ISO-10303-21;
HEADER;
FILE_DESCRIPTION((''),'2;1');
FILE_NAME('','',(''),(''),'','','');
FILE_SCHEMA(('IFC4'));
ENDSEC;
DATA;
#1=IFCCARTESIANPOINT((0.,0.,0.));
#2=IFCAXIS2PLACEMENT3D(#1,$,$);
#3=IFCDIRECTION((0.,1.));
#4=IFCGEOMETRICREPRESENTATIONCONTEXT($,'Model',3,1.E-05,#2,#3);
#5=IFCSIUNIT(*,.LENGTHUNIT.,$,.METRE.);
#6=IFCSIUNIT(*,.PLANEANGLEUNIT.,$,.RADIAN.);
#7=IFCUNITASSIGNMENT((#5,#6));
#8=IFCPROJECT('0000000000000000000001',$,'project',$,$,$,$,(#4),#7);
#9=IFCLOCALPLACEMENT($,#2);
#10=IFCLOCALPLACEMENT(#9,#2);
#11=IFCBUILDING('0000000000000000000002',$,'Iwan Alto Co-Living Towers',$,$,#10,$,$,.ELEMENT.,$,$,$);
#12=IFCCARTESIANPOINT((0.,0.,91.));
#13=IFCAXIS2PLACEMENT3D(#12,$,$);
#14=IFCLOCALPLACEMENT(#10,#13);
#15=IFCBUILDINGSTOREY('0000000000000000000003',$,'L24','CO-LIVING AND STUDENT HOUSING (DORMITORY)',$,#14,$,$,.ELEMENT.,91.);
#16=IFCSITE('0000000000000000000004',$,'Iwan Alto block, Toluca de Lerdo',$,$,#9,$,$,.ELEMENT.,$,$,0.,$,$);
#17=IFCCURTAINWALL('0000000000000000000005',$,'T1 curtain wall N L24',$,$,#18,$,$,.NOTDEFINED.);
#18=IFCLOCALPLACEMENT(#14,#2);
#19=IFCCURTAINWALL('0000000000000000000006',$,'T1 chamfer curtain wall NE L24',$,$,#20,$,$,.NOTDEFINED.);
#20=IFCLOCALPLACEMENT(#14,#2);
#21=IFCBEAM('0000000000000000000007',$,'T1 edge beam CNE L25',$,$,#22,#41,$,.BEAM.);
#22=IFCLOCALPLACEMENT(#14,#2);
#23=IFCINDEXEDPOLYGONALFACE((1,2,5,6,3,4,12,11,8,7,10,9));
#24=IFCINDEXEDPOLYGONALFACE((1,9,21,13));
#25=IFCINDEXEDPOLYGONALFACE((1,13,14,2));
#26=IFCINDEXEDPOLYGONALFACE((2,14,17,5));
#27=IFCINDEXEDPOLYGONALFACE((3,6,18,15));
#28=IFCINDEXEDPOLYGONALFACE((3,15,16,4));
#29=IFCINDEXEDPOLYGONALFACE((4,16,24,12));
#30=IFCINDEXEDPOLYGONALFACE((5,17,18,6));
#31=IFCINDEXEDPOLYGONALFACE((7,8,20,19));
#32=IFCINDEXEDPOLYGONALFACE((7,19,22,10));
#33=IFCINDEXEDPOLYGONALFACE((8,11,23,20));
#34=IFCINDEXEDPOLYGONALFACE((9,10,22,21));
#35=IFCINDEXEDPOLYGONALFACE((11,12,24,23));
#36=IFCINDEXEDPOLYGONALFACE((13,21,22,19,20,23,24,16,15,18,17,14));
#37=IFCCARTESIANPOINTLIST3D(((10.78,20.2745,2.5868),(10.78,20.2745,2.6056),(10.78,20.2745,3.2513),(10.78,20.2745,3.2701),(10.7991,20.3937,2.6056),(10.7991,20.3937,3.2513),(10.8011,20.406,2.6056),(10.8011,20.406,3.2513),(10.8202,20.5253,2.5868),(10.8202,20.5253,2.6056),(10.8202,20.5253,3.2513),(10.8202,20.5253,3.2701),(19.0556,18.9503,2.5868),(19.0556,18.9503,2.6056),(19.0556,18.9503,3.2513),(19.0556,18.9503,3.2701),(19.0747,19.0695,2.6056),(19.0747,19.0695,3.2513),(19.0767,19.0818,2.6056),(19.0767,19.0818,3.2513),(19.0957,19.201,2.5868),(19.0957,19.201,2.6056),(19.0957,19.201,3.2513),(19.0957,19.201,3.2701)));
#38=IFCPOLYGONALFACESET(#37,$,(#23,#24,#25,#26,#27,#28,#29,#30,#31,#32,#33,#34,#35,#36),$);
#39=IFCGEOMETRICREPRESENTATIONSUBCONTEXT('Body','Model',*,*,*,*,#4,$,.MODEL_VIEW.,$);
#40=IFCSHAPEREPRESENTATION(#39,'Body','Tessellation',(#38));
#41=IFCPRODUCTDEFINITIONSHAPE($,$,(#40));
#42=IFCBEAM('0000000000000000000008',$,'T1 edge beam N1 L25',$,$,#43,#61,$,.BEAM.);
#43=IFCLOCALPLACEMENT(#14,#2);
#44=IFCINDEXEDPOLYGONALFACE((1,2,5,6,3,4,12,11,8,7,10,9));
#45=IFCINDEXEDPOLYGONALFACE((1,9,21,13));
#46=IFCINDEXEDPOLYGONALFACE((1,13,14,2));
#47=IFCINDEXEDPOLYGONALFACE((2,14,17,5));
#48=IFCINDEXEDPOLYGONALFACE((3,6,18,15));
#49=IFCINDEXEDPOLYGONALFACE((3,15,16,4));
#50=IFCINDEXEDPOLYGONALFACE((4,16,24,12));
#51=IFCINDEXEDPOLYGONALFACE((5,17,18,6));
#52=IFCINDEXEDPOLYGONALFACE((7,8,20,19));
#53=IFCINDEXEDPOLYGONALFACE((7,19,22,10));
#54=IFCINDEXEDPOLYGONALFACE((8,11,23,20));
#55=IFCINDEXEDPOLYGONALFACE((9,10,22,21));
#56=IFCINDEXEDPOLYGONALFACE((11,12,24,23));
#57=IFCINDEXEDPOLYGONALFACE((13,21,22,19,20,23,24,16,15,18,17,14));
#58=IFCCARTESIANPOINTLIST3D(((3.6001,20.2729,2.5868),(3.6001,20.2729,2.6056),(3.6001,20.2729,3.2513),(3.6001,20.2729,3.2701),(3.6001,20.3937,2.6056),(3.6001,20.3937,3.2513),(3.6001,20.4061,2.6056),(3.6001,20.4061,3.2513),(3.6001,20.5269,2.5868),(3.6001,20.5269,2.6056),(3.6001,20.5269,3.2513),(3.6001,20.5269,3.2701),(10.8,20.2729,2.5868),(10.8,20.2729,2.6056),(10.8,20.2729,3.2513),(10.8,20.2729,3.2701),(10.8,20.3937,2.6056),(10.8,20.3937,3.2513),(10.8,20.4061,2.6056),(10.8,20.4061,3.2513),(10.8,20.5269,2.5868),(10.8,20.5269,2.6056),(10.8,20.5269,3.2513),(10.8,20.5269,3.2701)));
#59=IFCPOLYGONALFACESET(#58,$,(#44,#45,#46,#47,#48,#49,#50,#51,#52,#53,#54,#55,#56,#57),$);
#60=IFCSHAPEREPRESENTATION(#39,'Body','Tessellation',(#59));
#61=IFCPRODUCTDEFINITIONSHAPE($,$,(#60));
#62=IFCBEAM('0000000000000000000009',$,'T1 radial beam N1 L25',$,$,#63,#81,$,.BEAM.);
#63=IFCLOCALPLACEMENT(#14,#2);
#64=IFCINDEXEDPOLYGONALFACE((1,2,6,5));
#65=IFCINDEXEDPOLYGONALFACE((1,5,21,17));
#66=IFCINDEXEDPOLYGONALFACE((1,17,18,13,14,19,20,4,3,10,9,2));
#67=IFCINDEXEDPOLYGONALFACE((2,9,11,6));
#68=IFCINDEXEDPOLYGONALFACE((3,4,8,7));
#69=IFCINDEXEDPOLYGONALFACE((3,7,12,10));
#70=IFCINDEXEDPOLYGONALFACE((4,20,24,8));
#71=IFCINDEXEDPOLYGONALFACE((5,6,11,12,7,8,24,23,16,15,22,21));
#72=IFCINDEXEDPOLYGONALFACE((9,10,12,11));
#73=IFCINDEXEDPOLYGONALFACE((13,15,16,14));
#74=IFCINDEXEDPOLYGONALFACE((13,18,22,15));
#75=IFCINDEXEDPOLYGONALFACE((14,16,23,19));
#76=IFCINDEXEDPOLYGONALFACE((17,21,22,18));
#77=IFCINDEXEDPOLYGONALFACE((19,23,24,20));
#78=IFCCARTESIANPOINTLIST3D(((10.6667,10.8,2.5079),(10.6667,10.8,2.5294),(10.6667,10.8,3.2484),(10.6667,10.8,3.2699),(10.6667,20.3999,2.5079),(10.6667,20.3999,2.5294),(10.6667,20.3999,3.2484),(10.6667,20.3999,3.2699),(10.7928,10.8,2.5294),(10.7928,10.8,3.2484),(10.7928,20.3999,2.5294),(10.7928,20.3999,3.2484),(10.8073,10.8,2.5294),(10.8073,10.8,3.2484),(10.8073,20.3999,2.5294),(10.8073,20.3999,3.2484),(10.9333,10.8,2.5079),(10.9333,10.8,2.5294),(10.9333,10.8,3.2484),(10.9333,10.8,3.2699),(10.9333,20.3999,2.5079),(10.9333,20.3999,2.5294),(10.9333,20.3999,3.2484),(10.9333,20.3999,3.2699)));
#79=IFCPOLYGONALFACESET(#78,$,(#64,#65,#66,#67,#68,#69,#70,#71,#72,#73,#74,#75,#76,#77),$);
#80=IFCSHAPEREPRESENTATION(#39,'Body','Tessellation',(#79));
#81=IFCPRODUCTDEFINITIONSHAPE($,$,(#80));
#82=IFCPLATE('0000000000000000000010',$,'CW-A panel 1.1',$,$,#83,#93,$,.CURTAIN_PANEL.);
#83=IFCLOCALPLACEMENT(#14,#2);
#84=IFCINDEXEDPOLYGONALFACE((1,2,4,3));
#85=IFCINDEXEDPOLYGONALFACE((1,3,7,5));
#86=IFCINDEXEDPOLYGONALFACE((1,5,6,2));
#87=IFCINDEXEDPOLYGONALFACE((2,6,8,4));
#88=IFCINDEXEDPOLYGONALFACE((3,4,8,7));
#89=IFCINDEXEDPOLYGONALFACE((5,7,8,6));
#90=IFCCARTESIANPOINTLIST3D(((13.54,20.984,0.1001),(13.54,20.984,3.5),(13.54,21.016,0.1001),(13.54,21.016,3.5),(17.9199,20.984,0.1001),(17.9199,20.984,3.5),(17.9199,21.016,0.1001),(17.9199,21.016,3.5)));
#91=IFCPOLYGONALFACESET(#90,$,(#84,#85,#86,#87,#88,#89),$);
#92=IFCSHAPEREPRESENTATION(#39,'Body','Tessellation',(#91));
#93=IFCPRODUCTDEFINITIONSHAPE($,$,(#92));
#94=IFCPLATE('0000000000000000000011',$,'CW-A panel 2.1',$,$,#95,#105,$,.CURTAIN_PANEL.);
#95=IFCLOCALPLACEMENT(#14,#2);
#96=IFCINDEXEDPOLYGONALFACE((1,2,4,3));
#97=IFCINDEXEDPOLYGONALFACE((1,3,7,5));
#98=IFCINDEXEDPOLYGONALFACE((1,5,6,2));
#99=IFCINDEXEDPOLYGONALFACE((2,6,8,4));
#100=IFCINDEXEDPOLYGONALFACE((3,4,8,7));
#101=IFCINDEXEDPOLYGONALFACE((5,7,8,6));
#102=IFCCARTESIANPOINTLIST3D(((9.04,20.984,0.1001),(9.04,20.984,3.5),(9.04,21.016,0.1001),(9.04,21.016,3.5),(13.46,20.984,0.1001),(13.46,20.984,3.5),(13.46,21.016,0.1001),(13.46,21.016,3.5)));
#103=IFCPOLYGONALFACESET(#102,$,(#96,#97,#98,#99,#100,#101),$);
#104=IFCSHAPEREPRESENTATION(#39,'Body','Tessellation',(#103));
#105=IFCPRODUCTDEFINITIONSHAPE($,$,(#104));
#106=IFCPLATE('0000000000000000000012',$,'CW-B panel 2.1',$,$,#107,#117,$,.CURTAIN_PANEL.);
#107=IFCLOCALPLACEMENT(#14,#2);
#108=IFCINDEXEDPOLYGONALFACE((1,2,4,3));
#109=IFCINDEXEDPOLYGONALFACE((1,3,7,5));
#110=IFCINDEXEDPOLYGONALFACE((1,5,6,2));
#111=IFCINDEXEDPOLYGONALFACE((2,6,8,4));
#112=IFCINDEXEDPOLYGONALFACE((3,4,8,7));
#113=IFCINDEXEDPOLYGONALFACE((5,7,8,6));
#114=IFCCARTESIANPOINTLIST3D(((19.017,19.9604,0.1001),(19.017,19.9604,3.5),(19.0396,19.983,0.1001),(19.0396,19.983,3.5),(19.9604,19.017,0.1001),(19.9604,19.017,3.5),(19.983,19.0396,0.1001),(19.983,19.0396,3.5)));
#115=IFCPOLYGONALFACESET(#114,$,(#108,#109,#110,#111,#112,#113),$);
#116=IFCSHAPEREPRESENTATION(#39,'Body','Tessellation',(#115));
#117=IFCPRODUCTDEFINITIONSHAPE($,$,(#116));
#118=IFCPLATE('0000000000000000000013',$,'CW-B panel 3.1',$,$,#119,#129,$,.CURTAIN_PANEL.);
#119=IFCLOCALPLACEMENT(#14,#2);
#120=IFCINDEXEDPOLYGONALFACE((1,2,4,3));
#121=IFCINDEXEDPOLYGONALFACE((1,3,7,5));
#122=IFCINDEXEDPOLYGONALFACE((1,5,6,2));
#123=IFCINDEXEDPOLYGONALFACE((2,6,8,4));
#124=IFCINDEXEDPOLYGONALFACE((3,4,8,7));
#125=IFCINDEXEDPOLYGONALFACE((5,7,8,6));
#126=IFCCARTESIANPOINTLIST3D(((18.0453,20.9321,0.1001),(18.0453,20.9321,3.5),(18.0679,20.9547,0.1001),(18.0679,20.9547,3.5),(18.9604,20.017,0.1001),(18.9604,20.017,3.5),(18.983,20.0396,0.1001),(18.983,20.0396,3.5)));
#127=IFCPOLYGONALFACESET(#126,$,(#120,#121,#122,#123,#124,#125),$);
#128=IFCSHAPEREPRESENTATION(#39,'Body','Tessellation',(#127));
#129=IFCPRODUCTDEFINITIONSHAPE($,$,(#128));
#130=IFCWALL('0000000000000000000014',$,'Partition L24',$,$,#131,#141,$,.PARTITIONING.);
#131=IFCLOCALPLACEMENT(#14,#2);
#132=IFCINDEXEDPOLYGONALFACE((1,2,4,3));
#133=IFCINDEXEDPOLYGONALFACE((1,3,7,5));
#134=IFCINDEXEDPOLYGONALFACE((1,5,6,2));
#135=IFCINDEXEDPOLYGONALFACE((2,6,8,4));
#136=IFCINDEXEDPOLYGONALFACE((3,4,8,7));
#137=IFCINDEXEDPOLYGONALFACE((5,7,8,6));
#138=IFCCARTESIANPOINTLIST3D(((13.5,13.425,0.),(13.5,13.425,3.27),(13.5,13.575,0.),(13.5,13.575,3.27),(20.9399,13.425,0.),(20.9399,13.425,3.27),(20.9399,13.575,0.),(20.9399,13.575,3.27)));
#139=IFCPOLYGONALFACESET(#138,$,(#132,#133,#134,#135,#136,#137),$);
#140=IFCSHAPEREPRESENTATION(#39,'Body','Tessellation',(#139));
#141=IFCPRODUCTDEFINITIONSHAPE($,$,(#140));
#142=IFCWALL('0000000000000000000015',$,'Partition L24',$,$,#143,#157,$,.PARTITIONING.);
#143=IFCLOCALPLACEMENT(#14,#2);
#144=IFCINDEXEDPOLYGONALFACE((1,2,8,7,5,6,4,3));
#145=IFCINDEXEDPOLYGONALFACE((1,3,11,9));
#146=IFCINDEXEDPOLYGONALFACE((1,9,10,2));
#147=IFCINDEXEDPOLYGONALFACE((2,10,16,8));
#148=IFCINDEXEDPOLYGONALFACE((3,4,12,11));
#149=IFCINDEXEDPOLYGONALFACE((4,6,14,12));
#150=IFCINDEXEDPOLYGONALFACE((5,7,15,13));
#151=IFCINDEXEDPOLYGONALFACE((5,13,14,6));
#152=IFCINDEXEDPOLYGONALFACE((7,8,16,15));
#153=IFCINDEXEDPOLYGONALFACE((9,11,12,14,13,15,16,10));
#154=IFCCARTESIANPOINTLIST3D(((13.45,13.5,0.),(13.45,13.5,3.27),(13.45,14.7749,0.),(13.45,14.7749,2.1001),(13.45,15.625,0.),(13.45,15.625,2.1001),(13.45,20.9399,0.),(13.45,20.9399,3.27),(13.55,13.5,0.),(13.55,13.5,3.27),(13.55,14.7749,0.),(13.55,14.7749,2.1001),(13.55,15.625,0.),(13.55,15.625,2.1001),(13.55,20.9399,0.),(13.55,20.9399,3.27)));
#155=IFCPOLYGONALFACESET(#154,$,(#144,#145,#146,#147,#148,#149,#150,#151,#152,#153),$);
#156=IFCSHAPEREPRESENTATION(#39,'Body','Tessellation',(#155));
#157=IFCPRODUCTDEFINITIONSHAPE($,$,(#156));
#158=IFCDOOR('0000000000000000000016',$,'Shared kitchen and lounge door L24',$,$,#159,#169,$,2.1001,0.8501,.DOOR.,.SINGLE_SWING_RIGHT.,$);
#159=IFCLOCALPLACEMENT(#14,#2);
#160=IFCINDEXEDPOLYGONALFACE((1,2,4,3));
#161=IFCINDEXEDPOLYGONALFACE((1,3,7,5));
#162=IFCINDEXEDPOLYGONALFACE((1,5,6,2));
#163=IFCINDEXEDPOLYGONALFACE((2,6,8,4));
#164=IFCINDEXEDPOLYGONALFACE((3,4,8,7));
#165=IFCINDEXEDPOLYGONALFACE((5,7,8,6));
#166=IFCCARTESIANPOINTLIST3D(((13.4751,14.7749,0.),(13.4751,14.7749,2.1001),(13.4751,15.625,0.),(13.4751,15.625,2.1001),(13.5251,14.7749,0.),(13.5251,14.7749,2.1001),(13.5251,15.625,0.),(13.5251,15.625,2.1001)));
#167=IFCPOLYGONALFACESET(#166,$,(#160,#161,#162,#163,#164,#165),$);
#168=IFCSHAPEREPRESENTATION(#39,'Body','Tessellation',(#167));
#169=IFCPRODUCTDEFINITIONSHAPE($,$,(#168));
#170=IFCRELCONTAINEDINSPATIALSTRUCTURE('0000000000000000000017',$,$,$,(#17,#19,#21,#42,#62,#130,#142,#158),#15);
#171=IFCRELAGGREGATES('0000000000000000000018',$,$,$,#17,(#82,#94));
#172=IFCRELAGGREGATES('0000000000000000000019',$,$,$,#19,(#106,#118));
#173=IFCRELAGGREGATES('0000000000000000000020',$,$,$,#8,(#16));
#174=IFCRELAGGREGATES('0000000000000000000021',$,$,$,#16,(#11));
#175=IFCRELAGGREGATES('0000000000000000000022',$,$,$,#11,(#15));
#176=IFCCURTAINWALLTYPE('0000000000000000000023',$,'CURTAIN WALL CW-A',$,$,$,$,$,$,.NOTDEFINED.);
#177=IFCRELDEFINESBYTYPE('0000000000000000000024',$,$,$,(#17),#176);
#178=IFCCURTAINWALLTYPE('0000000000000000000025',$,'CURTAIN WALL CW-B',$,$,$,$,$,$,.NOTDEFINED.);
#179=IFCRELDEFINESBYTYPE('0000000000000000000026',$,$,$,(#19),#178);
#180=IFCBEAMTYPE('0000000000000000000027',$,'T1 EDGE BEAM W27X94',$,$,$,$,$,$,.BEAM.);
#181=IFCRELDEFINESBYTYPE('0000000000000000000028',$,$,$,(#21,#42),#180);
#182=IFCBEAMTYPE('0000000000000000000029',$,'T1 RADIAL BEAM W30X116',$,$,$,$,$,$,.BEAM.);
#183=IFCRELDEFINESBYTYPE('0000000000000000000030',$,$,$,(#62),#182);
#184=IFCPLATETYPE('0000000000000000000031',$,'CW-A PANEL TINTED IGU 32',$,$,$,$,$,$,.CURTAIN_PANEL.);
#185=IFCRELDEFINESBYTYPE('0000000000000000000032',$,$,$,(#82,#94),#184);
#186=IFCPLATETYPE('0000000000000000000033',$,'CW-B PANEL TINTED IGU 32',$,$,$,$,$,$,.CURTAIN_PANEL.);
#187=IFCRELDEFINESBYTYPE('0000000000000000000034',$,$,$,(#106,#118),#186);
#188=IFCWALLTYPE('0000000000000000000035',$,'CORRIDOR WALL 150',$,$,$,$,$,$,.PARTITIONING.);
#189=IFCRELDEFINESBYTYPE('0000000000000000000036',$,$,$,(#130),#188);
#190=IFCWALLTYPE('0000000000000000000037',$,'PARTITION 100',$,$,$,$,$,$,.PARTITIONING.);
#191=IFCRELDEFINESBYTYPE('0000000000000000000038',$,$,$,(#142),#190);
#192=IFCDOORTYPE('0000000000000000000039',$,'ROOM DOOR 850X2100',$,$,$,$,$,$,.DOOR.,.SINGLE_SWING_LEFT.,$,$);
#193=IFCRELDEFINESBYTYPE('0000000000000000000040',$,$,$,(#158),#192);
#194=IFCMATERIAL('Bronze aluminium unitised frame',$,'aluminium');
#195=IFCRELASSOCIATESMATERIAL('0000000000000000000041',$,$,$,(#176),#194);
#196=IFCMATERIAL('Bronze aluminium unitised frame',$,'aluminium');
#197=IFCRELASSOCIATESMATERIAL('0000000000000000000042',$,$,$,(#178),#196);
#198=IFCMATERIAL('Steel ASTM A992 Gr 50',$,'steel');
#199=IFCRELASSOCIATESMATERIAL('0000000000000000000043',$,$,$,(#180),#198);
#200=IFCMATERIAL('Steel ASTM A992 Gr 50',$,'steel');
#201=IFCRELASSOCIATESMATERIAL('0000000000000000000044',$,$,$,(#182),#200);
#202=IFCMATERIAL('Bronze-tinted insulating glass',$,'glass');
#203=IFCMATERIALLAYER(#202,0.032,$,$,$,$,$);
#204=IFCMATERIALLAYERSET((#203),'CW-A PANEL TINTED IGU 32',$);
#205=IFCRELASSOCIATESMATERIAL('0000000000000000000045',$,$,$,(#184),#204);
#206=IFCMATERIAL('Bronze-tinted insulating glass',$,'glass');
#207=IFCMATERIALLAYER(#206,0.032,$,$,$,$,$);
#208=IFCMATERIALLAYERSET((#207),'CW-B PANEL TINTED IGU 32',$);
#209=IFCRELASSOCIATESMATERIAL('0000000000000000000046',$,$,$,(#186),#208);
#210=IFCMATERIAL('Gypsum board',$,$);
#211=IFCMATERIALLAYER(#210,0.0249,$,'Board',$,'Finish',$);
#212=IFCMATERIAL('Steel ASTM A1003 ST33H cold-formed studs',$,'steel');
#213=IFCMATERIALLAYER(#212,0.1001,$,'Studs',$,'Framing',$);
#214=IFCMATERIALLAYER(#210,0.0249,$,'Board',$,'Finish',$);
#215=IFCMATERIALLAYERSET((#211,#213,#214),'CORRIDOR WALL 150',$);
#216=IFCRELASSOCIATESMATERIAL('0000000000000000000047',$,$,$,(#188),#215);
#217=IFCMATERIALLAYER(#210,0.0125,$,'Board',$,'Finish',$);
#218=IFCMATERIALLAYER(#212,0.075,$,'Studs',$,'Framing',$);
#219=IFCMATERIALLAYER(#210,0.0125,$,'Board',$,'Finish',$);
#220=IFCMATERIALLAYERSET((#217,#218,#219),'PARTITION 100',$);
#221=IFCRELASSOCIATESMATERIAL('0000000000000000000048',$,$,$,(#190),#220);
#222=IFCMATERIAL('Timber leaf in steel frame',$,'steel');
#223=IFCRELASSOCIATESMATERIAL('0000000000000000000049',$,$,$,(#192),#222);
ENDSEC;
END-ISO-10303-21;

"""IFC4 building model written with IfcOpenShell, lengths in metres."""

from ifc_helpers import new_model, si_unit, direction, frame, frame_2d, origin, origin_2d, place, context, subcontext, project, spatial, rectangle, i_section, extrude, material, layer, layer_set, material_profile, profile_set, type_object, element, fill, aggregate, save


model = new_model("IFC4")

# Units and contexts
model_context = context("Model", 3, precision=1e-05, world=origin(), true_north=direction((0.0, 1.0)))
body_context = subcontext(model_context, "Body", "Model", "MODEL_VIEW")
ifc_project = project(units=[si_unit("LENGTHUNIT", "METRE"), si_unit("PLANEANGLEUNIT", "RADIAN")], contexts=[model_context])

# Site, building, storey
site_placement = place(None, origin())
site = spatial("IfcSite", under=ifc_project, at=site_placement, Name="Iwan Alto block, Toluca de Lerdo", CompositionType="ELEMENT", RefElevation=0.0)
building_placement = place(site_placement, origin())
building = spatial("IfcBuilding", under=site, at=building_placement, Name="Iwan Alto Co-Living Towers", CompositionType="ELEMENT")
storey_placement = place(building_placement, frame((0.0, 0.0, 91.0)))
storey = spatial("IfcBuildingStorey", under=building, at=storey_placement, Name="L24", Description="CO-LIVING AND STUDENT HOUSING (DORMITORY)", CompositionType="ELEMENT", Elevation=91.0)

# Curtain walls
ifc_material_1 = material(Name="Bronze aluminium unitised frame", Category="aluminium")
curtain_wall_type_1 = type_object("IfcCurtainWallType", Name="CURTAIN WALL CW-A", PredefinedType="NOTDEFINED", material=ifc_material_1)
curtain_wall_1_placement = place(storey_placement, origin())
curtain_wall_1 = element("IfcCurtainWall", 1, at=curtain_wall_1_placement, inside=storey, type_object=curtain_wall_type_1, Name="T1 curtain wall N L24", PredefinedType="NOTDEFINED")
ifc_material_2 = material(Name="Bronze aluminium unitised frame", Category="aluminium")
curtain_wall_type_2 = type_object("IfcCurtainWallType", Name="CURTAIN WALL CW-B", PredefinedType="NOTDEFINED", material=ifc_material_2)
curtain_wall_2_placement = place(storey_placement, origin())
curtain_wall_2 = element("IfcCurtainWall", 2, at=curtain_wall_2_placement, inside=storey, type_object=curtain_wall_type_2, Name="T1 chamfer curtain wall NE L24", PredefinedType="NOTDEFINED")

# Beams
ifc_material_3 = material(Name="Steel ASTM A992 Gr 50", Category="steel")
ifc_material_profile_1 = material_profile(ifc_material_3, i_section(OverallWidth=0.2539, OverallDepth=0.6833, WebThickness=0.0125, FlangeThickness=0.0188, at=origin_2d()), Name="W27X94")
ifc_profile_set_1 = profile_set([ifc_material_profile_1], Name="Steel ASTM A992 Gr 50")
beam_type_1 = type_object("IfcBeamType", Name="T1 EDGE BEAM W27X94", PredefinedType="BEAM", material=ifc_profile_set_1)
beam_1_placement = place(storey_placement, frame((19.0757, 19.0757, 2.9285), z_axis=(-0.987438, 0.158004, 0.0), x_axis=(-0.158004, -0.987438, 0.0)))
element("IfcBeam", 3, at=beam_1_placement, inside=storey, type_object=beam_type_1, Name="T1 edge beam CNE L25", PredefinedType="BEAM", context=body_context, shape_type="SweptSolid", body=[
    extrude(i_section(OverallWidth=0.2539, OverallDepth=0.6833, WebThickness=0.0125, FlangeThickness=0.0188, at=origin_2d()), origin(), (0.0, 0.0, 1.0), 8.3809),
])
beam_2_placement = place(storey_placement, frame((10.8, 20.3999, 2.9285), z_axis=(-1.0, 0.0, 0.0), x_axis=(0.0, -1.0, 0.0)))
element("IfcBeam", 4, at=beam_2_placement, inside=storey, type_object=beam_type_1, Name="T1 edge beam N1 L25", PredefinedType="BEAM", context=body_context, shape_type="SweptSolid", body=[
    extrude(i_section(OverallWidth=0.2539, OverallDepth=0.6833, WebThickness=0.0125, FlangeThickness=0.0188, at=origin_2d()), origin(), (0.0, 0.0, 1.0), 7.2),
])
ifc_material_4 = material(Name="Steel ASTM A992 Gr 50", Category="steel")
ifc_material_profile_2 = material_profile(ifc_material_4, i_section(OverallWidth=0.2666, OverallDepth=0.762, WebThickness=0.0144, FlangeThickness=0.0215, at=origin_2d()), Name="W30X116")
ifc_profile_set_2 = profile_set([ifc_material_profile_2], Name="Steel ASTM A992 Gr 50")
beam_type_2 = type_object("IfcBeamType", Name="T1 RADIAL BEAM W30X116", PredefinedType="BEAM", material=ifc_profile_set_2)
beam_3_placement = place(storey_placement, frame((10.8, 20.3999, 2.8889), z_axis=(0.0, -1.0, 0.0), x_axis=(1.0, 0.0, 0.0)))
element("IfcBeam", 5, at=beam_3_placement, inside=storey, type_object=beam_type_2, Name="T1 radial beam N1 L25", PredefinedType="BEAM", context=body_context, shape_type="SweptSolid", body=[
    extrude(i_section(OverallWidth=0.2666, OverallDepth=0.762, WebThickness=0.0144, FlangeThickness=0.0215, at=origin_2d()), origin(), (0.0, 0.0, 1.0), 9.5999),
])

# Plates
ifc_material_5 = material(Name="Bronze-tinted insulating glass", Category="glass")
ifc_layer_1 = layer(ifc_material_5, 0.032)
ifc_layer_set_1 = layer_set([ifc_layer_1], Name="CW-A PANEL TINTED IGU 32")
plate_type_1 = type_object("IfcPlateType", Name="CW-A PANEL TINTED IGU 32", PredefinedType="CURTAIN_PANEL", material=ifc_layer_set_1)
plate_1_placement = place(storey_placement, frame((15.73, 21.0, 0.1001), z_axis=(0.0, 0.0, 1.0), x_axis=(-1.0, 0.0, 0.0)))
plate_1 = element("IfcPlate", 6, at=plate_1_placement, type_object=plate_type_1, Name="CW-A panel 1.1", PredefinedType="CURTAIN_PANEL", context=body_context, shape_type="SweptSolid", body=[
    extrude(rectangle(XDim=4.3799, YDim=0.032, at=origin_2d()), origin(), (0.0, 0.0, 1.0), 3.3999),
])
plate_2_placement = place(storey_placement, frame((11.25, 21.0, 0.1001), z_axis=(0.0, 0.0, 1.0), x_axis=(-1.0, 0.0, 0.0)))
plate_2 = element("IfcPlate", 7, at=plate_2_placement, type_object=plate_type_1, Name="CW-A panel 2.1", PredefinedType="CURTAIN_PANEL", context=body_context, shape_type="SweptSolid", body=[
    extrude(rectangle(XDim=4.4199, YDim=0.032, at=origin_2d()), origin(), (0.0, 0.0, 1.0), 3.3999),
])
aggregate(curtain_wall_1, [plate_1, plate_2])
ifc_material_6 = material(Name="Bronze-tinted insulating glass", Category="glass")
ifc_layer_2 = layer(ifc_material_6, 0.032)
ifc_layer_set_2 = layer_set([ifc_layer_2], Name="CW-B PANEL TINTED IGU 32")
plate_type_2 = type_object("IfcPlateType", Name="CW-B PANEL TINTED IGU 32", PredefinedType="CURTAIN_PANEL", material=ifc_layer_set_2)
plate_3_placement = place(storey_placement, frame((19.5, 19.5, 0.1001), z_axis=(0.0, 0.0, 1.0), x_axis=(-0.707107, 0.707107, 0.0)))
plate_3 = element("IfcPlate", 8, at=plate_3_placement, type_object=plate_type_2, Name="CW-B panel 2.1", PredefinedType="CURTAIN_PANEL", context=body_context, shape_type="SweptSolid", body=[
    extrude(rectangle(XDim=1.3342, YDim=0.032, at=origin_2d()), origin(), (0.0, 0.0, 1.0), 3.3999),
])
plate_4_placement = place(storey_placement, frame((18.5142, 20.4858, 0.1001), z_axis=(0.0, 0.0, 1.0), x_axis=(-0.707107, 0.707107, 0.0)))
plate_4 = element("IfcPlate", 9, at=plate_4_placement, type_object=plate_type_2, Name="CW-B panel 3.1", PredefinedType="CURTAIN_PANEL", context=body_context, shape_type="SweptSolid", body=[
    extrude(rectangle(XDim=1.2942, YDim=0.032, at=origin_2d()), origin(), (0.0, 0.0, 1.0), 3.3999),
])
aggregate(curtain_wall_2, [plate_3, plate_4])

# Wall
ifc_material_7 = material(Name="Gypsum board")
ifc_layer_3 = layer(ifc_material_7, 0.0249, Name="Board", Category="Finish")
ifc_material_8 = material(Name="Steel ASTM A1003 ST33H cold-formed studs", Category="steel")
ifc_layer_4 = layer(ifc_material_8, 0.1001, Name="Studs", Category="Framing")
ifc_layer_5 = layer(ifc_material_7, 0.0249, Name="Board", Category="Finish")
ifc_layer_set_3 = layer_set([ifc_layer_3, ifc_layer_4, ifc_layer_5], Name="CORRIDOR WALL 150")
wall_type_1 = type_object("IfcWallType", Name="CORRIDOR WALL 150", PredefinedType="PARTITIONING", material=ifc_layer_set_3)
wall_1_placement = place(storey_placement, frame((13.5, 13.5, 0.0), z_axis=(0.0, 0.0, 1.0), x_axis=(1.0, 0.0, 0.0)))
element("IfcWall", 10, at=wall_1_placement, inside=storey, type_object=wall_type_1, Name="Partition L24", PredefinedType="PARTITIONING", context=body_context, shape_type="SweptSolid", body=[
    extrude(rectangle(XDim=7.4399, YDim=0.1499, at=frame_2d((3.72, 0.0))), origin(), (0.0, 0.0, 1.0), 3.27),
])

# Wall, opening, door
ifc_layer_6 = layer(ifc_material_7, 0.0125, Name="Board", Category="Finish")
ifc_layer_7 = layer(ifc_material_8, 0.075, Name="Studs", Category="Framing")
ifc_layer_8 = layer(ifc_material_7, 0.0125, Name="Board", Category="Finish")
ifc_layer_set_4 = layer_set([ifc_layer_6, ifc_layer_7, ifc_layer_8], Name="PARTITION 100")
wall_type_2 = type_object("IfcWallType", Name="PARTITION 100", PredefinedType="PARTITIONING", material=ifc_layer_set_4)
wall_2_placement = place(storey_placement, frame((13.5, 13.5, 0.0), z_axis=(0.0, 0.0, 1.0), x_axis=(0.0, 1.0, 0.0)))
wall_2 = element("IfcWall", 11, at=wall_2_placement, inside=storey, type_object=wall_type_2, Name="Partition L24", PredefinedType="PARTITIONING", context=body_context, shape_type="SweptSolid", body=[
    extrude(rectangle(XDim=7.4399, YDim=0.1001, at=frame_2d((3.72, 0.0))), origin(), (0.0, 0.0, 1.0), 3.27),
])
opening_placement = place(wall_2_placement, frame((1.2749, 0.0, 0.0)))
opening = element("IfcOpeningElement", 12, at=opening_placement, cuts=wall_2, PredefinedType="OPENING", context=body_context, shape_type="SweptSolid", body=[
    extrude(rectangle(XDim=0.8501, YDim=2.1001, at=frame_2d((0.425, 1.05))), frame((0.0, 0.0601, 0.0), z_axis=(0.0, -1.0, 0.0), x_axis=(1.0, 0.0, 0.0)), (0.0, 0.0, 1.0), 0.1201),
])
ifc_material_9 = material(Name="Timber leaf in steel frame", Category="steel")
door_type = type_object("IfcDoorType", Name="ROOM DOOR 850X2100", OperationType="SINGLE_SWING_LEFT", PredefinedType="DOOR", material=ifc_material_9)
door_placement = place(opening_placement, origin())
door = element("IfcDoor", 13, at=door_placement, inside=storey, type_object=door_type, Name="Shared kitchen and lounge door L24", OperationType="SINGLE_SWING_RIGHT", OverallHeight=2.1001, OverallWidth=0.8501, PredefinedType="DOOR", context=body_context, shape_type="SweptSolid", body=[
    extrude(rectangle(XDim=0.8501, YDim=2.1001, at=frame_2d((0.425, 1.05))), frame((0.0, 0.0249, 0.0), z_axis=(0.0, -1.0, 0.0), x_axis=(1.0, 0.0, 0.0)), (0.0, 0.0, 1.0), 0.05),
])
fill(opening, door)

save(model, "model.ifc")
